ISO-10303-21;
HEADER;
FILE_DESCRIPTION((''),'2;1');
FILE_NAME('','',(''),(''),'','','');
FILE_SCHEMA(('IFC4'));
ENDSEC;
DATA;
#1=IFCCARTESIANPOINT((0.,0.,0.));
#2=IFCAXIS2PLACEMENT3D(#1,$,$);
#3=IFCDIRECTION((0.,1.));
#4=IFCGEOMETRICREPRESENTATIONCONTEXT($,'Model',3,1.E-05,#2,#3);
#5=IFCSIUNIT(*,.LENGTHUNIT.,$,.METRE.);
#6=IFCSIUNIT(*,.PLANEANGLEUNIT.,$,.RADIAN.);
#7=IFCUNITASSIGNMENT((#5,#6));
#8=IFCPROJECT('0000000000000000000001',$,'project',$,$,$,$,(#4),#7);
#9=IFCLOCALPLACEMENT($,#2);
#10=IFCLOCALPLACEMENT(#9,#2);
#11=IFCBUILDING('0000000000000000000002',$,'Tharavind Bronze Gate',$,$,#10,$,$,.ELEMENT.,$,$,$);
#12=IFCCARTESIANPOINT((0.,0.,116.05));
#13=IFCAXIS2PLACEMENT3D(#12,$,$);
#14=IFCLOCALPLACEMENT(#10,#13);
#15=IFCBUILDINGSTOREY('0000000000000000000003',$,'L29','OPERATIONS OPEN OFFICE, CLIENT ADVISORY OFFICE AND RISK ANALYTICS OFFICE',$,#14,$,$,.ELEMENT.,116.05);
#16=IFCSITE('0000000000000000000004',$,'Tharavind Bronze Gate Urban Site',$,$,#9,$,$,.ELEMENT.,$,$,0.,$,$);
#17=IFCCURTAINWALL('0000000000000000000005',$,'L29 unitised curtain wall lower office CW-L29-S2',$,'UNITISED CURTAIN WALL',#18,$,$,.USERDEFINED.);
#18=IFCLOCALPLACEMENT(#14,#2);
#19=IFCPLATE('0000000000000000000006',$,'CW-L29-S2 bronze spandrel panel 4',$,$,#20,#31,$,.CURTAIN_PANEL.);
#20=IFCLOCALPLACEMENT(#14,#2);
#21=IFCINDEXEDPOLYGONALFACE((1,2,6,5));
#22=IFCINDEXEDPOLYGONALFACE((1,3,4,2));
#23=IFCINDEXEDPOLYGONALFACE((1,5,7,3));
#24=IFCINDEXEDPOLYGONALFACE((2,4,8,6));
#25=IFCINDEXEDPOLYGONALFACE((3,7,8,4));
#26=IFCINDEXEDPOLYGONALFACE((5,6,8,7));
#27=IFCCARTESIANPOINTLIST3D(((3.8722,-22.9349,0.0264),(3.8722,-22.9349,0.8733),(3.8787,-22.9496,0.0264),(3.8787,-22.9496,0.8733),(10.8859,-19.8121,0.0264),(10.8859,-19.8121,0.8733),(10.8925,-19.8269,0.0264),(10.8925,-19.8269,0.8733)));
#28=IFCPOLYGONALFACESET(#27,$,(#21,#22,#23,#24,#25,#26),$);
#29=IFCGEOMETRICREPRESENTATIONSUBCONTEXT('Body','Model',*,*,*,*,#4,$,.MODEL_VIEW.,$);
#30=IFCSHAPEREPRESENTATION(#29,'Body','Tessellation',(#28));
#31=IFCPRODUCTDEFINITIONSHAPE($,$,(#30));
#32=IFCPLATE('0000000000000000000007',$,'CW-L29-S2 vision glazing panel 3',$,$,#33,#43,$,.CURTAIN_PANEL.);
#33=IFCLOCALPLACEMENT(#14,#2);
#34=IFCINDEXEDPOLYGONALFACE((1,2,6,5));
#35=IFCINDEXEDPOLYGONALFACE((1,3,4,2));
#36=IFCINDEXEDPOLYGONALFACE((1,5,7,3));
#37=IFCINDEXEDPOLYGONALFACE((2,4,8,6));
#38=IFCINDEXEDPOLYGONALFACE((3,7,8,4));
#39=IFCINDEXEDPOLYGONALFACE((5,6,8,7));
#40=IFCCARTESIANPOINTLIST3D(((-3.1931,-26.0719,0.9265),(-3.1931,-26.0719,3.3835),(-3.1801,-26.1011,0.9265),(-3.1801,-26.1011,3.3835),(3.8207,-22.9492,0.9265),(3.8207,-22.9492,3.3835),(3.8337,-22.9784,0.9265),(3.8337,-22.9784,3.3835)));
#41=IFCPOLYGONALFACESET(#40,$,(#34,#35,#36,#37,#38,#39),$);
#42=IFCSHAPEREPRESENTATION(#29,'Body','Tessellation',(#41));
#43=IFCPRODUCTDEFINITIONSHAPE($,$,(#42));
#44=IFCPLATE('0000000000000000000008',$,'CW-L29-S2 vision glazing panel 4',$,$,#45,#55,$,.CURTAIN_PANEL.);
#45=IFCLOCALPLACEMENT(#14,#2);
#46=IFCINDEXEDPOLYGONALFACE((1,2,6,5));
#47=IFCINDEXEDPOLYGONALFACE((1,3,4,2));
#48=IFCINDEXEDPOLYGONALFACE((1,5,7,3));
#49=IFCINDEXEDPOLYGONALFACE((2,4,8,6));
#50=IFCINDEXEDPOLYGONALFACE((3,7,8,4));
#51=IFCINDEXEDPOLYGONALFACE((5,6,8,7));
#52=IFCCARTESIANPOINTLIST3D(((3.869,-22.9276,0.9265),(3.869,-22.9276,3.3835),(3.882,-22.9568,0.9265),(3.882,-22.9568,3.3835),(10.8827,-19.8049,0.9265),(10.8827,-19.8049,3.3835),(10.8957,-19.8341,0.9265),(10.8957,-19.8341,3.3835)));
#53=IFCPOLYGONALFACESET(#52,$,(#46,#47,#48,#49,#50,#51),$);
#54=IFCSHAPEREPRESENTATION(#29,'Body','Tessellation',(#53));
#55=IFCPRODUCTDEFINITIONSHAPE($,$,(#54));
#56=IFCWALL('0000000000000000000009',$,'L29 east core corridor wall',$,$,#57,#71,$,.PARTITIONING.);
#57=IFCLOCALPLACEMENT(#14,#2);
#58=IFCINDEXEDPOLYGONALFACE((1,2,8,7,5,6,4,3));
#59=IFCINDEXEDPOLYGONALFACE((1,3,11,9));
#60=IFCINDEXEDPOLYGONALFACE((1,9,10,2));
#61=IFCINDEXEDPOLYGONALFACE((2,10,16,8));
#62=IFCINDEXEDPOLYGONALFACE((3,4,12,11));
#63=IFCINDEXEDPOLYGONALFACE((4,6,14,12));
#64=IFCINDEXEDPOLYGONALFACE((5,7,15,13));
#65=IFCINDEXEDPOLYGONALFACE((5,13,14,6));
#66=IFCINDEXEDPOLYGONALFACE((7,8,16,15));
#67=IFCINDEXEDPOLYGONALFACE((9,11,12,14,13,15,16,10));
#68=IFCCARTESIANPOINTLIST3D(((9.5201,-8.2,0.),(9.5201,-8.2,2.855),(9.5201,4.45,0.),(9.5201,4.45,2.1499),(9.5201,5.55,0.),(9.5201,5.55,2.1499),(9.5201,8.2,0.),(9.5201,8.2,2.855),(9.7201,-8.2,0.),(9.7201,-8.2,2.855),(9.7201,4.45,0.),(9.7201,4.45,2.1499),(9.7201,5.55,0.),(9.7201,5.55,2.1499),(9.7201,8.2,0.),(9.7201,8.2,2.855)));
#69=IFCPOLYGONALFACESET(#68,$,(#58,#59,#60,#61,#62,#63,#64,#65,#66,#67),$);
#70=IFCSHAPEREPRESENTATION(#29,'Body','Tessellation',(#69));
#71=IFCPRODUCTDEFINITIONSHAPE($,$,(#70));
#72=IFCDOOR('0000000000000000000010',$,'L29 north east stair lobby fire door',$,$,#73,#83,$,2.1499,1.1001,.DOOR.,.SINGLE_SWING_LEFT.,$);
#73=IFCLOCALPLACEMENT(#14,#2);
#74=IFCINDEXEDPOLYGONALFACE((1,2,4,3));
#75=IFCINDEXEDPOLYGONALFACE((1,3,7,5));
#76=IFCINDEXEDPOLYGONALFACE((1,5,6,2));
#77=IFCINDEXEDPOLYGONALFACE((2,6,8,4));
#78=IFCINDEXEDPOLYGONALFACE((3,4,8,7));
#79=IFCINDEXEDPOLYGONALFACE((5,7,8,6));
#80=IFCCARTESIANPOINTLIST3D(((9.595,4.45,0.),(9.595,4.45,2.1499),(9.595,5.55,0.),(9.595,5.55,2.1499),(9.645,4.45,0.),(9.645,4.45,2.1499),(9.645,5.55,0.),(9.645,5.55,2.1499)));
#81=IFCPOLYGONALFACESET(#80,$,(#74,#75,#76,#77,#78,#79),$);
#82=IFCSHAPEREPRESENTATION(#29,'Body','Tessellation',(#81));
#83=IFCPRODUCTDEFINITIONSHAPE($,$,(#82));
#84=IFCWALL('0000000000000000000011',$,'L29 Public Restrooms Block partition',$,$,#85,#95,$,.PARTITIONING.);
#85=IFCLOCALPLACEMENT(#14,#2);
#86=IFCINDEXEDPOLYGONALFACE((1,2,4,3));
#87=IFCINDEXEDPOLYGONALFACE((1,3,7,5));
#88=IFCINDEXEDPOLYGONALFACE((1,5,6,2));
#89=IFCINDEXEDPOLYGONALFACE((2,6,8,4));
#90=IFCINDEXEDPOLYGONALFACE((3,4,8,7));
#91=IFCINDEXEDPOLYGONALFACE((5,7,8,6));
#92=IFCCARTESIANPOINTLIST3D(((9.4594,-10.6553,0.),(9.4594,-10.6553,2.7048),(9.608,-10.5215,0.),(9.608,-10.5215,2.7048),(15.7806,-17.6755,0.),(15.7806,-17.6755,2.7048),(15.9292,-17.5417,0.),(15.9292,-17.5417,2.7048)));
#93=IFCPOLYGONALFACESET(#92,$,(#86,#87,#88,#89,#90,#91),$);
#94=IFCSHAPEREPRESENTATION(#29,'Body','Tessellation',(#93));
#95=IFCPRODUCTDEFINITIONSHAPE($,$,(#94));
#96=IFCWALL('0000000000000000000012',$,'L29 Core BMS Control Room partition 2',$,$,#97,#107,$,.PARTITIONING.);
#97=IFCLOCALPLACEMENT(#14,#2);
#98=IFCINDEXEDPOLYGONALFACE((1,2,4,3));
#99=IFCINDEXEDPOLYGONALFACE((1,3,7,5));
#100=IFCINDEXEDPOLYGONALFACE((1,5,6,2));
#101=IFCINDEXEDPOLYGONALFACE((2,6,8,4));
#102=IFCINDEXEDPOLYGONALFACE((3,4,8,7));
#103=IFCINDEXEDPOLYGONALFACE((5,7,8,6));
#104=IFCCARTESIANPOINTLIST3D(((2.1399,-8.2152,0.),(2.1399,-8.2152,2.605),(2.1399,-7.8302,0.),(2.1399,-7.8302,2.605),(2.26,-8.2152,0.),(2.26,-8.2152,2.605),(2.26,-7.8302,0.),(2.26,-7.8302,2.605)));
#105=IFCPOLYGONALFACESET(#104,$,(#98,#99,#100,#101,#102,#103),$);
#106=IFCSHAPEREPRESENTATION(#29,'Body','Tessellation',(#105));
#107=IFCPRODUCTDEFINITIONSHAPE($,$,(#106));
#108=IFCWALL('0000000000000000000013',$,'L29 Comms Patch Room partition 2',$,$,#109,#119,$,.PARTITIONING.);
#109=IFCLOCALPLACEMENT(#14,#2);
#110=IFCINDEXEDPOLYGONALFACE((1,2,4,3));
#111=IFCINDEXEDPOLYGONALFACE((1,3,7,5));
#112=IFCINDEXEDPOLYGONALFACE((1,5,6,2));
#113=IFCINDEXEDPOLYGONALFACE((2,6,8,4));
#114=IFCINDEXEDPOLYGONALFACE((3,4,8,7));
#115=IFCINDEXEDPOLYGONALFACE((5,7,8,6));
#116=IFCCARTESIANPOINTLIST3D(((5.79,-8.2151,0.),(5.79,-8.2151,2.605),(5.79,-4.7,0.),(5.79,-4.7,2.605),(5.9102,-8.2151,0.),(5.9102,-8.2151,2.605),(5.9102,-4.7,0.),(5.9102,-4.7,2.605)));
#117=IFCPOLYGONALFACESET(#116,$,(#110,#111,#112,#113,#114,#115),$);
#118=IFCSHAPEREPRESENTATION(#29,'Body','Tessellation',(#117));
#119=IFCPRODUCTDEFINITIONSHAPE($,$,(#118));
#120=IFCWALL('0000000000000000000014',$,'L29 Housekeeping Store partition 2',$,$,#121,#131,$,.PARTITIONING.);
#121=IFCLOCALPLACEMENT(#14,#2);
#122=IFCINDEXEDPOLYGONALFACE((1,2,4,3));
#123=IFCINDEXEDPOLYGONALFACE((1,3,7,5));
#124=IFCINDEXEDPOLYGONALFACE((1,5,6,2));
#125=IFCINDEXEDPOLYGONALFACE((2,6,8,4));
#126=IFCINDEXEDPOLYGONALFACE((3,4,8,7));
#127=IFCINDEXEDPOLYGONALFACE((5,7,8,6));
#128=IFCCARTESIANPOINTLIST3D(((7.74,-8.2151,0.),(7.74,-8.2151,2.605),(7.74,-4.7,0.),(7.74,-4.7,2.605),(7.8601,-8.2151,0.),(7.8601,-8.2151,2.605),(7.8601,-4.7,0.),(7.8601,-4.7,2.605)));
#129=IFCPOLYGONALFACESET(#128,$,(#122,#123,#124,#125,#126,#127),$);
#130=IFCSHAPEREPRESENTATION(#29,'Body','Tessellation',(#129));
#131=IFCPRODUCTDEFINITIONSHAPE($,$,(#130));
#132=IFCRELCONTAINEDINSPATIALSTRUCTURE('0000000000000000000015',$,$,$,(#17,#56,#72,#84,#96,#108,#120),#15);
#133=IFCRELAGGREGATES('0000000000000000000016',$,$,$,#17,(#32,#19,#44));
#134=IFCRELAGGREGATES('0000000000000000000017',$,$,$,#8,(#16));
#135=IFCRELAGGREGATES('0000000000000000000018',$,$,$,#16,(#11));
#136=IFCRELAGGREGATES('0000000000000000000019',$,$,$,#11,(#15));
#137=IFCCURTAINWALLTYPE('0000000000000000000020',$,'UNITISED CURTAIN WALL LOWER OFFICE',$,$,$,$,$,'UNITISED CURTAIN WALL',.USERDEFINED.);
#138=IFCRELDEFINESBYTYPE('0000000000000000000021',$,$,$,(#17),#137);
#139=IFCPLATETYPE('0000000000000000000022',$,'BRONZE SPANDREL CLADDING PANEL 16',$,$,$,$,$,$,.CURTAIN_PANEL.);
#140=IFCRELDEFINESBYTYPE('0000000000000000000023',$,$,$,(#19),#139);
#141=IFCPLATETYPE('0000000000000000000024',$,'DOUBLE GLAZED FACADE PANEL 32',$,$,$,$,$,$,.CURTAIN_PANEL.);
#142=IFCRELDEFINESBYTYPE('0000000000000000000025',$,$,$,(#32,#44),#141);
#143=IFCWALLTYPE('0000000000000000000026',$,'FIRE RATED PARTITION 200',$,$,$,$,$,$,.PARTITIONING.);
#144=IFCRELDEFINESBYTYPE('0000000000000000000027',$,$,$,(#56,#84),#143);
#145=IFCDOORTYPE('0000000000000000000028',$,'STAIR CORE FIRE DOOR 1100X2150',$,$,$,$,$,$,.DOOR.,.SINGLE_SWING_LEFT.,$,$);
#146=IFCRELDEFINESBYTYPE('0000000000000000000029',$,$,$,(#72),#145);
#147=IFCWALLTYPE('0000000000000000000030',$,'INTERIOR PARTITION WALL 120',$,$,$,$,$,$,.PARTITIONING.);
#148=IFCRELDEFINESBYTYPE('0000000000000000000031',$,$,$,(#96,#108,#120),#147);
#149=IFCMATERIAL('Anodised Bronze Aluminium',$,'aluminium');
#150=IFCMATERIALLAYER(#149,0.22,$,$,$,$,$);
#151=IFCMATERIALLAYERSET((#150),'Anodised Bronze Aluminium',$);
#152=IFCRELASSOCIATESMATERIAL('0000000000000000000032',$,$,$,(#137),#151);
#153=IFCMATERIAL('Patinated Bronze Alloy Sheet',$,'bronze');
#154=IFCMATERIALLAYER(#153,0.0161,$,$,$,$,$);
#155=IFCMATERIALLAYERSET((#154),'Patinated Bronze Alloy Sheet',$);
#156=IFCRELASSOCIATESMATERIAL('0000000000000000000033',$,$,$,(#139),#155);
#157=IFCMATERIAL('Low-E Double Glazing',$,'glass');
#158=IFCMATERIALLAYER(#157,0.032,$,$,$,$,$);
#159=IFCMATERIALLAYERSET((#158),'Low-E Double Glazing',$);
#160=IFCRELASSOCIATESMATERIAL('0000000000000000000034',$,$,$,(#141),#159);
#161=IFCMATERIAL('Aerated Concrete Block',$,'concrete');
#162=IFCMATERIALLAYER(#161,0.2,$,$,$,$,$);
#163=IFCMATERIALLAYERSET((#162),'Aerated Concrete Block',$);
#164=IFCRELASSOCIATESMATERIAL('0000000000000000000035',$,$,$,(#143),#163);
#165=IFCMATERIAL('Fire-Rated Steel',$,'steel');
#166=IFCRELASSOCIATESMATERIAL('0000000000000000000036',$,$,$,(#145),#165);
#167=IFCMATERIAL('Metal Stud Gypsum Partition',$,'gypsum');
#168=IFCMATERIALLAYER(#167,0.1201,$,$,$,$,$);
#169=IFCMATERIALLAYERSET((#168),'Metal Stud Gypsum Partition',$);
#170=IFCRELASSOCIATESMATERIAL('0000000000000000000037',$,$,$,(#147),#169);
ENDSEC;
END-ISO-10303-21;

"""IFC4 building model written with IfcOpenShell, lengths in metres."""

from ifc_helpers import new_model, si_unit, direction, frame, frame_2d, origin, origin_2d, place, context, subcontext, project, spatial, rectangle, extrude, material, layer, layer_set, type_object, element, fill, aggregate, save


model = new_model("IFC4")

# Units and contexts
model_context = context("Model", 3, precision=1e-05, world=origin(), true_north=direction((0.0, 1.0)))
body_context = subcontext(model_context, "Body", "Model", "MODEL_VIEW")
ifc_project = project(units=[si_unit("LENGTHUNIT", "METRE"), si_unit("PLANEANGLEUNIT", "RADIAN")], contexts=[model_context])

# Site, building, storey
site_placement = place(None, origin())
site = spatial("IfcSite", under=ifc_project, at=site_placement, Name="Tharavind Bronze Gate Urban Site", CompositionType="ELEMENT", RefElevation=0.0)
building_placement = place(site_placement, origin())
building = spatial("IfcBuilding", under=site, at=building_placement, Name="Tharavind Bronze Gate", CompositionType="ELEMENT")
storey_placement = place(building_placement, frame((0.0, 0.0, 116.05)))
storey = spatial("IfcBuildingStorey", under=building, at=storey_placement, Name="L29", Description="OPERATIONS OPEN OFFICE, CLIENT ADVISORY OFFICE AND RISK ANALYTICS OFFICE", CompositionType="ELEMENT", Elevation=116.05)

# Curtain wall
ifc_material_1 = material(Name="Anodised Bronze Aluminium", Category="aluminium")
ifc_layer_1 = layer(ifc_material_1, 0.22)
ifc_layer_set_1 = layer_set([ifc_layer_1], Name="Anodised Bronze Aluminium")
curtain_wall_type = type_object("IfcCurtainWallType", Name="UNITISED CURTAIN WALL LOWER OFFICE", ElementType="UNITISED CURTAIN WALL", PredefinedType="USERDEFINED", material=ifc_layer_set_1)
curtain_wall_placement = place(storey_placement, origin())
curtain_wall = element("IfcCurtainWall", 1, at=curtain_wall_placement, inside=storey, type_object=curtain_wall_type, Name="L29 unitised curtain wall lower office CW-L29-S2", ObjectType="UNITISED CURTAIN WALL", PredefinedType="USERDEFINED")

# Plates
ifc_material_2 = material(Name="Patinated Bronze Alloy Sheet", Category="bronze")
ifc_layer_2 = layer(ifc_material_2, 0.0161)
ifc_layer_set_2 = layer_set([ifc_layer_2], Name="Patinated Bronze Alloy Sheet")
plate_type_1 = type_object("IfcPlateType", Name="BRONZE SPANDREL CLADDING PANEL 16", PredefinedType="CURTAIN_PANEL", material=ifc_layer_set_2)
plate_1_placement = place(storey_placement, frame((7.3823, -21.3809, 0.0264), z_axis=(0.0, 0.0, 1.0), x_axis=(0.913545, 0.406737, 0.0)))
plate_1 = element("IfcPlate", 2, at=plate_1_placement, type_object=plate_type_1, Name="CW-L29-S2 bronze spandrel panel 4", PredefinedType="CURTAIN_PANEL", context=body_context, shape_type="SweptSolid", body=[
    extrude(rectangle(XDim=7.6775, YDim=0.0161, at=origin_2d()), origin(), (0.0, 0.0, 1.0), 0.8469),
])
ifc_material_3 = material(Name="Low-E Double Glazing", Category="glass")
ifc_layer_3 = layer(ifc_material_3, 0.032)
ifc_layer_set_3 = layer_set([ifc_layer_3], Name="Low-E Double Glazing")
plate_type_2 = type_object("IfcPlateType", Name="DOUBLE GLAZED FACADE PANEL 32", PredefinedType="CURTAIN_PANEL", material=ifc_layer_set_3)
plate_2_placement = place(storey_placement, frame((0.3203, -24.5251, 0.9265), z_axis=(0.0, 0.0, 1.0), x_axis=(0.913545, 0.406737, 0.0)))
plate_2 = element("IfcPlate", 3, at=plate_2_placement, type_object=plate_type_2, Name="CW-L29-S2 vision glazing panel 3", PredefinedType="CURTAIN_PANEL", context=body_context, shape_type="SweptSolid", body=[
    extrude(rectangle(XDim=7.6775, YDim=0.032, at=origin_2d()), origin(), (0.0, 0.0, 1.0), 2.457),
])
plate_3_placement = place(storey_placement, frame((7.3823, -21.3809, 0.9265), z_axis=(0.0, 0.0, 1.0), x_axis=(0.913545, 0.406737, 0.0)))
plate_3 = element("IfcPlate", 4, at=plate_3_placement, type_object=plate_type_2, Name="CW-L29-S2 vision glazing panel 4", PredefinedType="CURTAIN_PANEL", context=body_context, shape_type="SweptSolid", body=[
    extrude(rectangle(XDim=7.6775, YDim=0.032, at=origin_2d()), origin(), (0.0, 0.0, 1.0), 2.457),
])
aggregate(curtain_wall, [plate_2, plate_1, plate_3])

# Wall, opening, door
ifc_material_4 = material(Name="Aerated Concrete Block", Category="concrete")
ifc_layer_4 = layer(ifc_material_4, 0.2)
ifc_layer_set_4 = layer_set([ifc_layer_4], Name="Aerated Concrete Block")
wall_type_1 = type_object("IfcWallType", Name="FIRE RATED PARTITION 200", PredefinedType="PARTITIONING", material=ifc_layer_set_4)
wall_1_placement = place(storey_placement, frame((9.6201, -8.2, 0.0), z_axis=(0.0, 0.0, 1.0), x_axis=(0.0, 1.0, 0.0)))
wall_1 = element("IfcWall", 5, at=wall_1_placement, inside=storey, type_object=wall_type_1, Name="L29 east core corridor wall", PredefinedType="PARTITIONING", context=body_context, shape_type="SweptSolid", body=[
    extrude(rectangle(XDim=16.3999, YDim=0.2, at=frame_2d((8.2, 0.0))), origin(), (0.0, 0.0, 1.0), 2.855),
])
opening_placement = place(wall_1_placement, frame((12.6499, 0.0, 0.0)))
opening = element("IfcOpeningElement", 6, at=opening_placement, cuts=wall_1, PredefinedType="OPENING", context=body_context, shape_type="SweptSolid", body=[
    extrude(rectangle(XDim=1.1001, YDim=2.1499, at=frame_2d((0.55, 1.075))), frame((0.0, 0.1101, 0.0), z_axis=(0.0, -1.0, 0.0), x_axis=(1.0, 0.0, 0.0)), (0.0, 0.0, 1.0), 0.22),
])
ifc_material_5 = material(Name="Fire-Rated Steel", Category="steel")
door_type = type_object("IfcDoorType", Name="STAIR CORE FIRE DOOR 1100X2150", OperationType="SINGLE_SWING_LEFT", PredefinedType="DOOR", material=ifc_material_5)
door_placement = place(opening_placement, frame((1.1001, 0.0, 0.0), z_axis=(0.0, 0.0, 1.0), x_axis=(-1.0, 0.0, 0.0)))
door = element("IfcDoor", 7, at=door_placement, inside=storey, type_object=door_type, Name="L29 north east stair lobby fire door", OperationType="SINGLE_SWING_LEFT", OverallHeight=2.1499, OverallWidth=1.1001, PredefinedType="DOOR", context=body_context, shape_type="SweptSolid", body=[
    extrude(rectangle(XDim=1.1001, YDim=2.1499, at=frame_2d((0.55, 1.075))), frame((0.0, 0.0249, 0.0), z_axis=(0.0, -1.0, 0.0), x_axis=(1.0, 0.0, 0.0)), (0.0, 0.0, 1.0), 0.05),
])
fill(opening, door)

# Walls
wall_2_placement = place(storey_placement, frame((9.5337, -10.5884, 0.0), z_axis=(0.0, 0.0, 1.0), x_axis=(0.669143, -0.743133, 0.0)))
element("IfcWall", 8, at=wall_2_placement, inside=storey, type_object=wall_type_1, Name="L29 Public Restrooms Block partition", PredefinedType="PARTITIONING", context=body_context, shape_type="SweptSolid", body=[
    extrude(rectangle(XDim=9.4468, YDim=0.2, at=frame_2d((4.7234, 0.0))), origin(), (0.0, 0.0, 1.0), 2.7048),
])
ifc_material_6 = material(Name="Metal Stud Gypsum Partition", Category="gypsum")
ifc_layer_5 = layer(ifc_material_6, 0.1201)
ifc_layer_set_5 = layer_set([ifc_layer_5], Name="Metal Stud Gypsum Partition")
wall_type_2 = type_object("IfcWallType", Name="INTERIOR PARTITION WALL 120", PredefinedType="PARTITIONING", material=ifc_layer_set_5)
wall_3_placement = place(storey_placement, frame((2.2, -8.2151, 0.0), z_axis=(0.0, 0.0, 1.0), x_axis=(0.0, 1.0, 0.0)))
element("IfcWall", 9, at=wall_3_placement, inside=storey, type_object=wall_type_2, Name="L29 Core BMS Control Room partition 2", PredefinedType="PARTITIONING", context=body_context, shape_type="SweptSolid", body=[
    extrude(rectangle(XDim=0.385, YDim=0.1201, at=frame_2d((0.1924, 0.0))), origin(), (0.0, 0.0, 1.0), 2.605),
])
for number, where, z_axis, x_axis, name in (
    (10, (5.8501, -8.2151, 0.0), (0.0, 0.0, 1.0), (0.0, 1.0, 0.0), "L29 Comms Patch Room partition 2"),
    (11, (7.8, -8.2151, 0.0), (0.0, 0.0, 1.0), (0.0, 1.0, 0.0), "L29 Housekeeping Store partition 2"),
):
    element("IfcWall", number, at=place(storey_placement, frame(where, z_axis=z_axis, x_axis=x_axis)), inside=storey, type_object=wall_type_2, Name=name, PredefinedType="PARTITIONING", context=body_context, shape_type="SweptSolid", body=[
        extrude(rectangle(XDim=3.5151, YDim=0.1201, at=frame_2d((1.7576, 0.0))), origin(), (0.0, 0.0, 1.0), 2.605),
    ])

save(model, "model.ifc")
